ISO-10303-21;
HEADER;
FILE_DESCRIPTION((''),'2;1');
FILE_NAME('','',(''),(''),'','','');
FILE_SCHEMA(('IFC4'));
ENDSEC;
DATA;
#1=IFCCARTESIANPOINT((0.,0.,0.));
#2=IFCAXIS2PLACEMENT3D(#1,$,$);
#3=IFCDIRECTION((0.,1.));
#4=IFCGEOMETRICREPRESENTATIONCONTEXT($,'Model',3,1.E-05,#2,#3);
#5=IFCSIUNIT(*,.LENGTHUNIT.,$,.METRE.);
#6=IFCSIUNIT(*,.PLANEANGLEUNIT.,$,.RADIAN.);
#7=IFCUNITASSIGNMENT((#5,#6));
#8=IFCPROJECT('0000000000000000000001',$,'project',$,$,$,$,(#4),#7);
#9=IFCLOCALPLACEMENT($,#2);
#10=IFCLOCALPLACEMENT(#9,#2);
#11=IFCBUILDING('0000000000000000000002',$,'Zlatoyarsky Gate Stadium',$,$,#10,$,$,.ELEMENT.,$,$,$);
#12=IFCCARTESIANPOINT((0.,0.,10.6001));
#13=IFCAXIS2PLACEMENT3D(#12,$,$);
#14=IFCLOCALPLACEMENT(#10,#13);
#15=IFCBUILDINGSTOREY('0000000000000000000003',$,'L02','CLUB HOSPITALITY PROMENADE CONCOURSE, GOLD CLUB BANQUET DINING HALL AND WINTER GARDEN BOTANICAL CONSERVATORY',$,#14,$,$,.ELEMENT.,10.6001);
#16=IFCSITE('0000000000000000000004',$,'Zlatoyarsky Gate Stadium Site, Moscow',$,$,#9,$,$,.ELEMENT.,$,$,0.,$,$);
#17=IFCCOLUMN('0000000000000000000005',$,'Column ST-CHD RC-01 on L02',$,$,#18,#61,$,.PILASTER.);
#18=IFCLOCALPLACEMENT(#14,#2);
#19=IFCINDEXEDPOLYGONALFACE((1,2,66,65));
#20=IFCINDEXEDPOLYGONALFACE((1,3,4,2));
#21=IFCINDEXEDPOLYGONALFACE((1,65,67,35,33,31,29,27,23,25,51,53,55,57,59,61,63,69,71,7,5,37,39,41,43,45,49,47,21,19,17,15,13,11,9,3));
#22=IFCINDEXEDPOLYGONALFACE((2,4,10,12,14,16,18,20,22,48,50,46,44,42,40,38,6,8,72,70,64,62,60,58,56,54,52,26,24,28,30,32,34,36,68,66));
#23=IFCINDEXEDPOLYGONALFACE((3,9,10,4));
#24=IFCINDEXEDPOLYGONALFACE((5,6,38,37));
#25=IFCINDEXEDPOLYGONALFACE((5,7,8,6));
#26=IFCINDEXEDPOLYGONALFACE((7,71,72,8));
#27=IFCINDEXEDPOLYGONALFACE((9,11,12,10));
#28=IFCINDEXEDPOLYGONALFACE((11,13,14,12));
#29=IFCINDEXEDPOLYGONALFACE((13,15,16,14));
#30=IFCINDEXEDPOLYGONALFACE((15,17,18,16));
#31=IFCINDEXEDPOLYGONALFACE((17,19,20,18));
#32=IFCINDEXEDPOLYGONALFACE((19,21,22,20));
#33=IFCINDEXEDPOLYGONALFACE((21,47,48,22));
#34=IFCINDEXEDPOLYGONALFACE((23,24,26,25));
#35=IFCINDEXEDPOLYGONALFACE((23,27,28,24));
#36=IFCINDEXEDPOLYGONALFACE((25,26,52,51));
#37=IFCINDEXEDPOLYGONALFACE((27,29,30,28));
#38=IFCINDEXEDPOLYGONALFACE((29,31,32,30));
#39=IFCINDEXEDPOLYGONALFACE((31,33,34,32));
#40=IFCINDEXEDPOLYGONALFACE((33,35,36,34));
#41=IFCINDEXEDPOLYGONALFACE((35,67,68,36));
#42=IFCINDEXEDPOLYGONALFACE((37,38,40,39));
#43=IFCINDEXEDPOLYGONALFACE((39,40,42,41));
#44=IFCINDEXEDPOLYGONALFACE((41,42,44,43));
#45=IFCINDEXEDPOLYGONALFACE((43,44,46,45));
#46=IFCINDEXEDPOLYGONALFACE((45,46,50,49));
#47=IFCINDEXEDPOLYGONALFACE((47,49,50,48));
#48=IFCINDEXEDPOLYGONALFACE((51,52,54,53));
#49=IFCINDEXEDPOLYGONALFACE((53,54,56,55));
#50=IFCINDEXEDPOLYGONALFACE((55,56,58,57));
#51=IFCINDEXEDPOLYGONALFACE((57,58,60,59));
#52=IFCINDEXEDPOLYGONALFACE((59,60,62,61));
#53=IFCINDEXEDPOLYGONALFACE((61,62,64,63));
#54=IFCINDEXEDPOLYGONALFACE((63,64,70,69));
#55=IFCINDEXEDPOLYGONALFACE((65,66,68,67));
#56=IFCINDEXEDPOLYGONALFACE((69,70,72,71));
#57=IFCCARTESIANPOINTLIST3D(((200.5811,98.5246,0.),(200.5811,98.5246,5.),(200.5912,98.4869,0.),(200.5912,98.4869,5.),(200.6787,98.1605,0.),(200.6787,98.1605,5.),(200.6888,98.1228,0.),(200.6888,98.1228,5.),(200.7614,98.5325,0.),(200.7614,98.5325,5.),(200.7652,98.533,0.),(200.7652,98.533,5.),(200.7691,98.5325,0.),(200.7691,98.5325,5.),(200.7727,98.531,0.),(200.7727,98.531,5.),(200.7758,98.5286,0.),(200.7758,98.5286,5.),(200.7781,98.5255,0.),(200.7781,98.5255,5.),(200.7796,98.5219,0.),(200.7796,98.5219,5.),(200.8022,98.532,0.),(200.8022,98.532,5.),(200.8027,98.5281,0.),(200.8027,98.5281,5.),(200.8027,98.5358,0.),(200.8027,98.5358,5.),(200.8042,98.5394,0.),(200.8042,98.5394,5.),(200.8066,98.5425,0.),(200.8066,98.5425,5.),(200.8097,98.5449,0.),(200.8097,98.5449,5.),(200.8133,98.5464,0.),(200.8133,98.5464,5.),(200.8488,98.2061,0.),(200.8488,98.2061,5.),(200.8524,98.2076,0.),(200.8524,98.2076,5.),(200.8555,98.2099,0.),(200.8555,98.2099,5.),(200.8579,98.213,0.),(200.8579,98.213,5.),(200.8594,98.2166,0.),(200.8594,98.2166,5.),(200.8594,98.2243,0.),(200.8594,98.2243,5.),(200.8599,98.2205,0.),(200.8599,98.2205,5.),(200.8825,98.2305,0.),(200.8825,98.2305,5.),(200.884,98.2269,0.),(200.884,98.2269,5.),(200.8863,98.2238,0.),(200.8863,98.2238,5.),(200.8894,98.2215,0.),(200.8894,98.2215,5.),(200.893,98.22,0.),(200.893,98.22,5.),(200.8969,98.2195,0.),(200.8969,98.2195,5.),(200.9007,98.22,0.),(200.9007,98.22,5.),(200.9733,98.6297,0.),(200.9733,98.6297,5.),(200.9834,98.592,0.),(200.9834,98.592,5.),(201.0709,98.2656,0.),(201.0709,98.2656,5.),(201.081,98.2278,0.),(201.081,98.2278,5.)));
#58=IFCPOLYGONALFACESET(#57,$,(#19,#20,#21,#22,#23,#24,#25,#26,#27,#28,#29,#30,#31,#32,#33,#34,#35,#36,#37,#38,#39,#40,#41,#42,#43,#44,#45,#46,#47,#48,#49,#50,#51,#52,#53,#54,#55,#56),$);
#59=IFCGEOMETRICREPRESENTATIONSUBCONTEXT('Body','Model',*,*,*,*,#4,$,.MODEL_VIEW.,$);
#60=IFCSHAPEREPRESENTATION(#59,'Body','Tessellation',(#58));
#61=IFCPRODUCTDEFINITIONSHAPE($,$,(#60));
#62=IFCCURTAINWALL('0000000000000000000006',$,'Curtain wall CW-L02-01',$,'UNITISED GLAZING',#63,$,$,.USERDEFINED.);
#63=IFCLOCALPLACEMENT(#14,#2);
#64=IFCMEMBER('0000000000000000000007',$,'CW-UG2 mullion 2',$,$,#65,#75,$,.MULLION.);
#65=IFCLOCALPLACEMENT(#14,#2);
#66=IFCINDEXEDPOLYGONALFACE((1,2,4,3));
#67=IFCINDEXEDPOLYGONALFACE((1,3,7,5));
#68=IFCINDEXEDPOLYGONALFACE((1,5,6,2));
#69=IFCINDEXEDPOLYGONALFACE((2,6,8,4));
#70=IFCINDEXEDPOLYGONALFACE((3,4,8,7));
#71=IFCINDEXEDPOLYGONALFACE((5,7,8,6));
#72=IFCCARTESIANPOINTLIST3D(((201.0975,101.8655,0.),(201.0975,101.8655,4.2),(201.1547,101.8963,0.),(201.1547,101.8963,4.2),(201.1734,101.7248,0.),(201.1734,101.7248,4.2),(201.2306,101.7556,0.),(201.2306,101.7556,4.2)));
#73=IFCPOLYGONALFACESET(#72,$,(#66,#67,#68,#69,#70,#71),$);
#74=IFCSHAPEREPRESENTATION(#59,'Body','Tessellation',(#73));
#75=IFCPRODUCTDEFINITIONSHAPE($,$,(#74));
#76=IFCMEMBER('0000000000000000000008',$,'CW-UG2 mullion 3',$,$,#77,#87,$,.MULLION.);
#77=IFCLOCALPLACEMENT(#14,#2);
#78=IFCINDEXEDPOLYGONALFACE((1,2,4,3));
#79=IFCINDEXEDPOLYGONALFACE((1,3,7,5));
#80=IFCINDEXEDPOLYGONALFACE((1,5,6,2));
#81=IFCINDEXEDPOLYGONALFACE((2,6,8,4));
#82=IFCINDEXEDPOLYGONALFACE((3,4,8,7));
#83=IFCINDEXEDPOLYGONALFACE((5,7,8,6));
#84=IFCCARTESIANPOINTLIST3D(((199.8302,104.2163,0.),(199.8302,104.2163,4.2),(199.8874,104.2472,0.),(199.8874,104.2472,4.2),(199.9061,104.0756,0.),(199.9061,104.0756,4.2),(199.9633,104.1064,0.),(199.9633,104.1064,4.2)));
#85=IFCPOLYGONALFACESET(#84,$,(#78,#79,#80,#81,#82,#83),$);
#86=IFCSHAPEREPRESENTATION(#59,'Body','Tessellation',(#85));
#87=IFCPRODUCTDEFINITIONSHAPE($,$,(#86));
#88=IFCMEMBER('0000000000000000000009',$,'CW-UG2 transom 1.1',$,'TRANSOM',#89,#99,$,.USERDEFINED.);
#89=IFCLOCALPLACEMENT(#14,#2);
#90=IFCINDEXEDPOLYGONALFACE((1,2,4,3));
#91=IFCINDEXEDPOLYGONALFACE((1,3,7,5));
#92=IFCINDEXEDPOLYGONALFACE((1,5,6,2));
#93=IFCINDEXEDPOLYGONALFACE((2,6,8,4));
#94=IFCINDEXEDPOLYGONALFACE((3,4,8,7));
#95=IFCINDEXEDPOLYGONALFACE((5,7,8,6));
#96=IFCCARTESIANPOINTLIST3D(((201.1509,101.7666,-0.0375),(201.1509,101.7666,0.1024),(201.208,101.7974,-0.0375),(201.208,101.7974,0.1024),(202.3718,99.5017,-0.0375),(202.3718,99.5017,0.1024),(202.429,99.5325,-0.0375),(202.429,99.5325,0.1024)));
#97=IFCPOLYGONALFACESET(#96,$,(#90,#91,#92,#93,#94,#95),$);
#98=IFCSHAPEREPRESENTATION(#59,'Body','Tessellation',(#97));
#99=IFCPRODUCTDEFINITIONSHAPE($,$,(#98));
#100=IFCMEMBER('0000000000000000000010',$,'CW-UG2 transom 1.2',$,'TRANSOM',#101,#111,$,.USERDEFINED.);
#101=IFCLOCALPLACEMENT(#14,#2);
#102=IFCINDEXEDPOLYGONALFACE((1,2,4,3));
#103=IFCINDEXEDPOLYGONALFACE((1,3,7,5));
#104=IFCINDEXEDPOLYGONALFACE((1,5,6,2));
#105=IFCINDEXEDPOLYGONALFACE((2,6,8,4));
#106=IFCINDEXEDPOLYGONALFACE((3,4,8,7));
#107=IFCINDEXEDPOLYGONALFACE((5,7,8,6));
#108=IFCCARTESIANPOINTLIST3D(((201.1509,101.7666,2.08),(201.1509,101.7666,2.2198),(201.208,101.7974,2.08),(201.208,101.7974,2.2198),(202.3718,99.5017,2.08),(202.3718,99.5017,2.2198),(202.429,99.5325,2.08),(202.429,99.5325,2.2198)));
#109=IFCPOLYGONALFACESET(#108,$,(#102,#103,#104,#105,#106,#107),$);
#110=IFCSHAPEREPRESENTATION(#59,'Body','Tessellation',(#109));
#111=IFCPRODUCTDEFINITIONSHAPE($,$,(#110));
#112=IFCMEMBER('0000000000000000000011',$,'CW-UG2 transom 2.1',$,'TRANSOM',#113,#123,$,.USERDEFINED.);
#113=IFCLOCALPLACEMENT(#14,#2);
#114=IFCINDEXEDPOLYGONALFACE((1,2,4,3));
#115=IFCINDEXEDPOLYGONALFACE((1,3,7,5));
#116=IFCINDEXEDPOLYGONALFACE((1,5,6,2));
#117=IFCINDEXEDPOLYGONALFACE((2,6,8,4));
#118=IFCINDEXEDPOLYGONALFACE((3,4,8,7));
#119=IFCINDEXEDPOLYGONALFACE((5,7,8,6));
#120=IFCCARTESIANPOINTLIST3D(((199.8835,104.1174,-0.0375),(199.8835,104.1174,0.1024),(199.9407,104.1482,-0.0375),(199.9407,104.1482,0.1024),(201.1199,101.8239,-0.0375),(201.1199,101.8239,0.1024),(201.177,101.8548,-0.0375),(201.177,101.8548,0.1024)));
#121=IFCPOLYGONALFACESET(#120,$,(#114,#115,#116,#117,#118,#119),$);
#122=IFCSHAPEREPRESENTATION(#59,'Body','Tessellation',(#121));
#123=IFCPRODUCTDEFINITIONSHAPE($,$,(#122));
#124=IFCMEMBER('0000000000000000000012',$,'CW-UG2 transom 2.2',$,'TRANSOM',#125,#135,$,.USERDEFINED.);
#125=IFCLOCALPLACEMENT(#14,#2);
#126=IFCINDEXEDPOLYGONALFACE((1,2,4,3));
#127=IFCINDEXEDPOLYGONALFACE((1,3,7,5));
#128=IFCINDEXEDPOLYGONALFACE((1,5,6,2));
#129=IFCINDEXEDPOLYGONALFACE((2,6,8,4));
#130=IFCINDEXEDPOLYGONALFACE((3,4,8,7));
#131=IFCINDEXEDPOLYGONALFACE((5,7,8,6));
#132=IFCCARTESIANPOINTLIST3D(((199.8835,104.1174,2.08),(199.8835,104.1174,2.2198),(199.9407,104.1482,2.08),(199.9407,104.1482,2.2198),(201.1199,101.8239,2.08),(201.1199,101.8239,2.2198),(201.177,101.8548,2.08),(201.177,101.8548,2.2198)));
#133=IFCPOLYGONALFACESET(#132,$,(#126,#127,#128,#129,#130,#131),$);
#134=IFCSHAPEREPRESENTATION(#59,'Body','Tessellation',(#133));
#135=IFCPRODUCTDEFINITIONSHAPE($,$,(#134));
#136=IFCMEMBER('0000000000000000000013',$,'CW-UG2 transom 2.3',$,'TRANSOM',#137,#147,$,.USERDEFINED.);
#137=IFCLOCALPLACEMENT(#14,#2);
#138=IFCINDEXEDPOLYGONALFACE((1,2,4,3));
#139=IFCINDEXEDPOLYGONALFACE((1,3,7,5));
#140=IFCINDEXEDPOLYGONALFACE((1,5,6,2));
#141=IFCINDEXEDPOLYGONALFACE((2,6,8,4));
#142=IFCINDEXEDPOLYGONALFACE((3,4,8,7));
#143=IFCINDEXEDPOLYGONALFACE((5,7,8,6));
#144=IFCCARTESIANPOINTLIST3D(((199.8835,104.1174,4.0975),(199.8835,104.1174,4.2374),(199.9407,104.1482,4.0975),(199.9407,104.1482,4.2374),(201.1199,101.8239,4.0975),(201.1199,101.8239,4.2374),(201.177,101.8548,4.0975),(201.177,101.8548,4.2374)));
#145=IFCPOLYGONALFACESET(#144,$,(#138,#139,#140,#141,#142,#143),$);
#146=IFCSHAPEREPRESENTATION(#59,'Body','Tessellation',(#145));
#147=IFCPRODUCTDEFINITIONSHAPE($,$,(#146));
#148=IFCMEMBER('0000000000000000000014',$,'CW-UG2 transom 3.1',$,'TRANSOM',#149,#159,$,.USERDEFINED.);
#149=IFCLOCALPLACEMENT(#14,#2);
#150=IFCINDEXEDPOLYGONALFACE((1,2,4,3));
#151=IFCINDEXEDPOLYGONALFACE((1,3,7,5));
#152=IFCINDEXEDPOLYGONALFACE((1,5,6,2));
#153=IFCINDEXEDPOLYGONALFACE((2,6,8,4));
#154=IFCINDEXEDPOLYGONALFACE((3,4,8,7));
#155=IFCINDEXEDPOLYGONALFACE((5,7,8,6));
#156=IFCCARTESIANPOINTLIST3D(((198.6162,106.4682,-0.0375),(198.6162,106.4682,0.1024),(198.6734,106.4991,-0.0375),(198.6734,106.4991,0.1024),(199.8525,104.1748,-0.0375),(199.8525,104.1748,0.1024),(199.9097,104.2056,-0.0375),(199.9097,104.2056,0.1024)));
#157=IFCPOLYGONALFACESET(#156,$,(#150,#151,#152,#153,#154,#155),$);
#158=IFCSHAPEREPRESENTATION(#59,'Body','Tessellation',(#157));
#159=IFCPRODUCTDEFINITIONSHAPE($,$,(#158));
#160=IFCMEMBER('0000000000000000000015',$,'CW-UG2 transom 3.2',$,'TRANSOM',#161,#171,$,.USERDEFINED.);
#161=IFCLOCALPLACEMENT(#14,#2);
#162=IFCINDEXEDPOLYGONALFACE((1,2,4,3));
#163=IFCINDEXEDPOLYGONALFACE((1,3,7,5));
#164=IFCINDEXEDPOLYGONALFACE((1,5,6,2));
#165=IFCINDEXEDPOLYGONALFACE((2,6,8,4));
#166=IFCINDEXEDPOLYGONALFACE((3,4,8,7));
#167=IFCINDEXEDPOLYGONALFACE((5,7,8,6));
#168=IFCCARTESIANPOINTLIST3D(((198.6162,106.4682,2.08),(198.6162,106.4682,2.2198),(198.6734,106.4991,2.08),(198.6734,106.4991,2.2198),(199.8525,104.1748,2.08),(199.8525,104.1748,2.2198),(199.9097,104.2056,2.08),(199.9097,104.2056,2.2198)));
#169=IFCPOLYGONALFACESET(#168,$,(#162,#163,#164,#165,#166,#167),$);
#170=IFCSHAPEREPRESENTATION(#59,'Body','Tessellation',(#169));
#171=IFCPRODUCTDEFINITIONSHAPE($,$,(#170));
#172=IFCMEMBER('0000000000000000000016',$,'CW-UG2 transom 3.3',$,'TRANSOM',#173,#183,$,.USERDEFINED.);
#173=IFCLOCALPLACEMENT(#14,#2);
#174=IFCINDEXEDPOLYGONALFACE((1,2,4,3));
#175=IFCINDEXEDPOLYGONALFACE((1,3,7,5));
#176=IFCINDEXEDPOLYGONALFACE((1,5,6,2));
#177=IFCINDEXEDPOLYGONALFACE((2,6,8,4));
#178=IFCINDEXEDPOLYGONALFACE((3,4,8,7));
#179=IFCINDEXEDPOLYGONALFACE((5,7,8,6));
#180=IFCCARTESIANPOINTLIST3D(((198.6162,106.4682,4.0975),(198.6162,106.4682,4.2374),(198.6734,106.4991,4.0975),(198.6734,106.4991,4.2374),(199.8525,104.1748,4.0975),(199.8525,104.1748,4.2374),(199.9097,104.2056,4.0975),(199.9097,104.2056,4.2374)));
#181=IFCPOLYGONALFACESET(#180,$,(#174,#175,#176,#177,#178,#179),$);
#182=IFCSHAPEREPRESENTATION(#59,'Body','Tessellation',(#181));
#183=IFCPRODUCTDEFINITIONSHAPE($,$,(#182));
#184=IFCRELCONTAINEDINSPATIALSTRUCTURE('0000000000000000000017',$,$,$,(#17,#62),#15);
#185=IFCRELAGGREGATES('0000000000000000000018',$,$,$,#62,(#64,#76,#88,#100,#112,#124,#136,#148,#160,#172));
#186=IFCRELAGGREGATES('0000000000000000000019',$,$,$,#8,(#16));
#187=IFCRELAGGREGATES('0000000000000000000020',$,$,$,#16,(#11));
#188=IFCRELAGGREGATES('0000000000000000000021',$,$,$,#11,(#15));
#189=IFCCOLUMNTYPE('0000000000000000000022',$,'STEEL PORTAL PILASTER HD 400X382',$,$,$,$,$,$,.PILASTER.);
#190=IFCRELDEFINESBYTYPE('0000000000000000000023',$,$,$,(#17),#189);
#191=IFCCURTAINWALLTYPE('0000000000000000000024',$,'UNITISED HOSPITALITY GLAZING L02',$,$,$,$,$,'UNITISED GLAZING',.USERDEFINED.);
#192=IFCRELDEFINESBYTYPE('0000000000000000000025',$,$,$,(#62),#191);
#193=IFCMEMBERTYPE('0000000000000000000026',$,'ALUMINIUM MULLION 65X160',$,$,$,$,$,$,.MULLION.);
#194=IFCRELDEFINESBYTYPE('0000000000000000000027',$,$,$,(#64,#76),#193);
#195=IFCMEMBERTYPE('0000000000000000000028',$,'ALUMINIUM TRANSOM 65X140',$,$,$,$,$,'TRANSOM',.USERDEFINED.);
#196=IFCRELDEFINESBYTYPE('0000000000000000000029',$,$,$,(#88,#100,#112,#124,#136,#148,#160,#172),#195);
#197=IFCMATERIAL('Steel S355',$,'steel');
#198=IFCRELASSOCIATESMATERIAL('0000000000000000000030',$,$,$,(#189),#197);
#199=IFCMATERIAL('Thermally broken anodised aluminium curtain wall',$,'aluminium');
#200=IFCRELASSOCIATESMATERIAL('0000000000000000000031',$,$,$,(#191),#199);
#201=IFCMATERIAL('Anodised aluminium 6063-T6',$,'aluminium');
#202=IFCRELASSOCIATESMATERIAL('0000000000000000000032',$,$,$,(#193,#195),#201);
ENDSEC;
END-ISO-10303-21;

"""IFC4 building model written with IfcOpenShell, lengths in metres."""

from ifc_helpers import new_model, si_unit, direction, frame, origin, origin_2d, place, context, subcontext, project, spatial, rectangle, i_section, extrude, material, material_profile, profile_set, type_object, element, aggregate, save


model = new_model("IFC4")

# Units and contexts
model_context = context("Model", 3, precision=1e-05, world=origin(), true_north=direction((0.0, 1.0)))
body_context = subcontext(model_context, "Body", "Model", "MODEL_VIEW")
ifc_project = project(units=[si_unit("LENGTHUNIT", "METRE"), si_unit("PLANEANGLEUNIT", "RADIAN")], contexts=[model_context])

# Site, building, storey
site_placement = place(None, origin())
site = spatial("IfcSite", under=ifc_project, at=site_placement, Name="Zlatoyarsky Gate Stadium Site, Moscow", CompositionType="ELEMENT", RefElevation=0.0)
building_placement = place(site_placement, origin())
building = spatial("IfcBuilding", under=site, at=building_placement, Name="Zlatoyarsky Gate Stadium", CompositionType="ELEMENT")
storey_placement = place(building_placement, frame((0.0, 0.0, 10.6001)))
storey = spatial("IfcBuildingStorey", under=building, at=storey_placement, Name="L02", Description="CLUB HOSPITALITY PROMENADE CONCOURSE, GOLD CLUB BANQUET DINING HALL AND WINTER GARDEN BOTANICAL CONSERVATORY", CompositionType="ELEMENT", Elevation=10.6001)

# Column
ifc_material_1 = material(Name="Steel S355", Category="steel")
ifc_material_profile_1 = material_profile(ifc_material_1, i_section(OverallWidth=0.406, OverallDepth=0.416, WebThickness=0.0239, FlangeThickness=0.0391, FilletRadius=0.0149, at=origin_2d()), Name="HD 400X382")
ifc_profile_set_1 = profile_set([ifc_material_profile_1], Name="Steel S355")
column_type = type_object("IfcColumnType", Name="STEEL PORTAL PILASTER HD 400X382", PredefinedType="PILASTER", material=ifc_profile_set_1)
column_placement = place(storey_placement, frame((200.8311, 98.3762, 0.0), z_axis=(0.0, 0.0, 1.0), x_axis=(0.965926, 0.258819, 0.0)))
element("IfcColumn", 1, at=column_placement, inside=storey, type_object=column_type, Name="Column ST-CHD RC-01 on L02", PredefinedType="PILASTER", context=body_context, shape_type="SweptSolid", body=[
    extrude(i_section(OverallWidth=0.406, OverallDepth=0.416, WebThickness=0.0239, FlangeThickness=0.0391, FilletRadius=0.0149, at=origin_2d()), origin(), (0.0, 0.0, 1.0), 5.0),
])

# Curtain wall, members
ifc_material_2 = material(Name="Thermally broken anodised aluminium curtain wall", Category="aluminium")
curtain_wall_type = type_object("IfcCurtainWallType", Name="UNITISED HOSPITALITY GLAZING L02", ElementType="UNITISED GLAZING", PredefinedType="USERDEFINED", material=ifc_material_2)
curtain_wall_placement = place(storey_placement, origin())
curtain_wall = element("IfcCurtainWall", 2, at=curtain_wall_placement, inside=storey, type_object=curtain_wall_type, Name="Curtain wall CW-L02-01", ObjectType="UNITISED GLAZING", PredefinedType="USERDEFINED")
ifc_material_3 = material(Name="Anodised aluminium 6063-T6", Category="aluminium")
ifc_material_profile_2 = material_profile(ifc_material_3, rectangle(XDim=0.0649, YDim=0.1599, at=origin_2d()), Name="ALU 65X160")
ifc_profile_set_2 = profile_set([ifc_material_profile_2], Name="Anodised aluminium 6063-T6")
member_type_1 = type_object("IfcMemberType", Name="ALUMINIUM MULLION 65X160", PredefinedType="MULLION", material=ifc_profile_set_2)
member_1_placement = place(storey_placement, frame((201.1641, 101.8105, 0.0), z_axis=(0.0, 0.0, 1.0), x_axis=(-0.880236, -0.474536, 0.0)))
member_1 = element("IfcMember", 3, at=member_1_placement, type_object=member_type_1, Name="CW-UG2 mullion 2", PredefinedType="MULLION", context=body_context, shape_type="SweptSolid", body=[
    extrude(rectangle(XDim=0.0649, YDim=0.1599, at=origin_2d()), origin(), (0.0, 0.0, 1.0), 4.2),
])
member_2_placement = place(storey_placement, frame((199.8967, 104.1614, 0.0), z_axis=(0.0, 0.0, 1.0), x_axis=(-0.880236, -0.474536, 0.0)))
member_2 = element("IfcMember", 4, at=member_2_placement, type_object=member_type_1, Name="CW-UG2 mullion 3", PredefinedType="MULLION", context=body_context, shape_type="SweptSolid", body=[
    extrude(rectangle(XDim=0.0649, YDim=0.1599, at=origin_2d()), origin(), (0.0, 0.0, 1.0), 4.2),
])
ifc_material_profile_3 = material_profile(ifc_material_3, rectangle(XDim=0.0649, YDim=0.1399, at=origin_2d()), Name="ALU 65X140")
ifc_profile_set_3 = profile_set([ifc_material_profile_3], Name="Anodised aluminium 6063-T6")
member_type_2 = type_object("IfcMemberType", Name="ALUMINIUM TRANSOM 65X140", ElementType="TRANSOM", PredefinedType="USERDEFINED", material=ifc_profile_set_3)
member_3_placement = place(storey_placement, frame((202.4004, 99.5171, 0.0325), z_axis=(-0.474518, 0.880246, 0.0), x_axis=(-0.880246, -0.474518, 0.0)))
member_3 = element("IfcMember", 5, at=member_3_placement, type_object=member_type_2, Name="CW-UG2 transom 1.1", ObjectType="TRANSOM", PredefinedType="USERDEFINED", context=body_context, shape_type="SweptSolid", body=[
    extrude(rectangle(XDim=0.0649, YDim=0.1399, at=origin_2d()), origin(), (0.0, 0.0, 1.0), 2.573),
])
member_4_placement = place(storey_placement, frame((202.4004, 99.5171, 2.1499), z_axis=(-0.474518, 0.880246, 0.0), x_axis=(-0.880246, -0.474518, 0.0)))
member_4 = element("IfcMember", 6, at=member_4_placement, type_object=member_type_2, Name="CW-UG2 transom 1.2", ObjectType="TRANSOM", PredefinedType="USERDEFINED", context=body_context, shape_type="SweptSolid", body=[
    extrude(rectangle(XDim=0.0649, YDim=0.1399, at=origin_2d()), origin(), (0.0, 0.0, 1.0), 2.573),
])
member_5_placement = place(storey_placement, frame((201.1484, 101.8394, 0.0325), z_axis=(-0.474513, 0.880248, 0.0), x_axis=(-0.880248, -0.474513, 0.0)))
member_5 = element("IfcMember", 7, at=member_5_placement, type_object=member_type_2, Name="CW-UG2 transom 2.1", ObjectType="TRANSOM", PredefinedType="USERDEFINED", context=body_context, shape_type="SweptSolid", body=[
    extrude(rectangle(XDim=0.0649, YDim=0.1399, at=origin_2d()), origin(), (0.0, 0.0, 1.0), 2.6055),
])
member_6_placement = place(storey_placement, frame((201.1484, 101.8394, 2.1499), z_axis=(-0.474513, 0.880248, 0.0), x_axis=(-0.880248, -0.474513, 0.0)))
member_6 = element("IfcMember", 8, at=member_6_placement, type_object=member_type_2, Name="CW-UG2 transom 2.2", ObjectType="TRANSOM", PredefinedType="USERDEFINED", context=body_context, shape_type="SweptSolid", body=[
    extrude(rectangle(XDim=0.0649, YDim=0.1399, at=origin_2d()), origin(), (0.0, 0.0, 1.0), 2.6055),
])
member_7_placement = place(storey_placement, frame((201.1484, 101.8394, 4.1675), z_axis=(-0.474513, 0.880248, 0.0), x_axis=(-0.880248, -0.474513, 0.0)))
member_7 = element("IfcMember", 9, at=member_7_placement, type_object=member_type_2, Name="CW-UG2 transom 2.3", ObjectType="TRANSOM", PredefinedType="USERDEFINED", context=body_context, shape_type="SweptSolid", body=[
    extrude(rectangle(XDim=0.0649, YDim=0.1399, at=origin_2d()), origin(), (0.0, 0.0, 1.0), 2.6055),
])
member_8_placement = place(storey_placement, frame((199.8811, 104.1902, 0.0325), z_axis=(-0.474513, 0.880248, 0.0), x_axis=(-0.880248, -0.474513, 0.0)))
member_8 = element("IfcMember", 10, at=member_8_placement, type_object=member_type_2, Name="CW-UG2 transom 3.1", ObjectType="TRANSOM", PredefinedType="USERDEFINED", context=body_context, shape_type="SweptSolid", body=[
    extrude(rectangle(XDim=0.0649, YDim=0.1399, at=origin_2d()), origin(), (0.0, 0.0, 1.0), 2.6055),
])
member_9_placement = place(storey_placement, frame((199.8811, 104.1902, 2.1499), z_axis=(-0.474513, 0.880248, 0.0), x_axis=(-0.880248, -0.474513, 0.0)))
member_9 = element("IfcMember", 11, at=member_9_placement, type_object=member_type_2, Name="CW-UG2 transom 3.2", ObjectType="TRANSOM", PredefinedType="USERDEFINED", context=body_context, shape_type="SweptSolid", body=[
    extrude(rectangle(XDim=0.0649, YDim=0.1399, at=origin_2d()), origin(), (0.0, 0.0, 1.0), 2.6055),
])
member_10_placement = place(storey_placement, frame((199.8811, 104.1902, 4.1675), z_axis=(-0.474513, 0.880248, 0.0), x_axis=(-0.880248, -0.474513, 0.0)))
member_10 = element("IfcMember", 12, at=member_10_placement, type_object=member_type_2, Name="CW-UG2 transom 3.3", ObjectType="TRANSOM", PredefinedType="USERDEFINED", context=body_context, shape_type="SweptSolid", body=[
    extrude(rectangle(XDim=0.0649, YDim=0.1399, at=origin_2d()), origin(), (0.0, 0.0, 1.0), 2.6055),
])

aggregate(curtain_wall, [member_1, member_2, member_3, member_4, member_5, member_6, member_7, member_8, member_9, member_10])

save(model, "model.ifc")
